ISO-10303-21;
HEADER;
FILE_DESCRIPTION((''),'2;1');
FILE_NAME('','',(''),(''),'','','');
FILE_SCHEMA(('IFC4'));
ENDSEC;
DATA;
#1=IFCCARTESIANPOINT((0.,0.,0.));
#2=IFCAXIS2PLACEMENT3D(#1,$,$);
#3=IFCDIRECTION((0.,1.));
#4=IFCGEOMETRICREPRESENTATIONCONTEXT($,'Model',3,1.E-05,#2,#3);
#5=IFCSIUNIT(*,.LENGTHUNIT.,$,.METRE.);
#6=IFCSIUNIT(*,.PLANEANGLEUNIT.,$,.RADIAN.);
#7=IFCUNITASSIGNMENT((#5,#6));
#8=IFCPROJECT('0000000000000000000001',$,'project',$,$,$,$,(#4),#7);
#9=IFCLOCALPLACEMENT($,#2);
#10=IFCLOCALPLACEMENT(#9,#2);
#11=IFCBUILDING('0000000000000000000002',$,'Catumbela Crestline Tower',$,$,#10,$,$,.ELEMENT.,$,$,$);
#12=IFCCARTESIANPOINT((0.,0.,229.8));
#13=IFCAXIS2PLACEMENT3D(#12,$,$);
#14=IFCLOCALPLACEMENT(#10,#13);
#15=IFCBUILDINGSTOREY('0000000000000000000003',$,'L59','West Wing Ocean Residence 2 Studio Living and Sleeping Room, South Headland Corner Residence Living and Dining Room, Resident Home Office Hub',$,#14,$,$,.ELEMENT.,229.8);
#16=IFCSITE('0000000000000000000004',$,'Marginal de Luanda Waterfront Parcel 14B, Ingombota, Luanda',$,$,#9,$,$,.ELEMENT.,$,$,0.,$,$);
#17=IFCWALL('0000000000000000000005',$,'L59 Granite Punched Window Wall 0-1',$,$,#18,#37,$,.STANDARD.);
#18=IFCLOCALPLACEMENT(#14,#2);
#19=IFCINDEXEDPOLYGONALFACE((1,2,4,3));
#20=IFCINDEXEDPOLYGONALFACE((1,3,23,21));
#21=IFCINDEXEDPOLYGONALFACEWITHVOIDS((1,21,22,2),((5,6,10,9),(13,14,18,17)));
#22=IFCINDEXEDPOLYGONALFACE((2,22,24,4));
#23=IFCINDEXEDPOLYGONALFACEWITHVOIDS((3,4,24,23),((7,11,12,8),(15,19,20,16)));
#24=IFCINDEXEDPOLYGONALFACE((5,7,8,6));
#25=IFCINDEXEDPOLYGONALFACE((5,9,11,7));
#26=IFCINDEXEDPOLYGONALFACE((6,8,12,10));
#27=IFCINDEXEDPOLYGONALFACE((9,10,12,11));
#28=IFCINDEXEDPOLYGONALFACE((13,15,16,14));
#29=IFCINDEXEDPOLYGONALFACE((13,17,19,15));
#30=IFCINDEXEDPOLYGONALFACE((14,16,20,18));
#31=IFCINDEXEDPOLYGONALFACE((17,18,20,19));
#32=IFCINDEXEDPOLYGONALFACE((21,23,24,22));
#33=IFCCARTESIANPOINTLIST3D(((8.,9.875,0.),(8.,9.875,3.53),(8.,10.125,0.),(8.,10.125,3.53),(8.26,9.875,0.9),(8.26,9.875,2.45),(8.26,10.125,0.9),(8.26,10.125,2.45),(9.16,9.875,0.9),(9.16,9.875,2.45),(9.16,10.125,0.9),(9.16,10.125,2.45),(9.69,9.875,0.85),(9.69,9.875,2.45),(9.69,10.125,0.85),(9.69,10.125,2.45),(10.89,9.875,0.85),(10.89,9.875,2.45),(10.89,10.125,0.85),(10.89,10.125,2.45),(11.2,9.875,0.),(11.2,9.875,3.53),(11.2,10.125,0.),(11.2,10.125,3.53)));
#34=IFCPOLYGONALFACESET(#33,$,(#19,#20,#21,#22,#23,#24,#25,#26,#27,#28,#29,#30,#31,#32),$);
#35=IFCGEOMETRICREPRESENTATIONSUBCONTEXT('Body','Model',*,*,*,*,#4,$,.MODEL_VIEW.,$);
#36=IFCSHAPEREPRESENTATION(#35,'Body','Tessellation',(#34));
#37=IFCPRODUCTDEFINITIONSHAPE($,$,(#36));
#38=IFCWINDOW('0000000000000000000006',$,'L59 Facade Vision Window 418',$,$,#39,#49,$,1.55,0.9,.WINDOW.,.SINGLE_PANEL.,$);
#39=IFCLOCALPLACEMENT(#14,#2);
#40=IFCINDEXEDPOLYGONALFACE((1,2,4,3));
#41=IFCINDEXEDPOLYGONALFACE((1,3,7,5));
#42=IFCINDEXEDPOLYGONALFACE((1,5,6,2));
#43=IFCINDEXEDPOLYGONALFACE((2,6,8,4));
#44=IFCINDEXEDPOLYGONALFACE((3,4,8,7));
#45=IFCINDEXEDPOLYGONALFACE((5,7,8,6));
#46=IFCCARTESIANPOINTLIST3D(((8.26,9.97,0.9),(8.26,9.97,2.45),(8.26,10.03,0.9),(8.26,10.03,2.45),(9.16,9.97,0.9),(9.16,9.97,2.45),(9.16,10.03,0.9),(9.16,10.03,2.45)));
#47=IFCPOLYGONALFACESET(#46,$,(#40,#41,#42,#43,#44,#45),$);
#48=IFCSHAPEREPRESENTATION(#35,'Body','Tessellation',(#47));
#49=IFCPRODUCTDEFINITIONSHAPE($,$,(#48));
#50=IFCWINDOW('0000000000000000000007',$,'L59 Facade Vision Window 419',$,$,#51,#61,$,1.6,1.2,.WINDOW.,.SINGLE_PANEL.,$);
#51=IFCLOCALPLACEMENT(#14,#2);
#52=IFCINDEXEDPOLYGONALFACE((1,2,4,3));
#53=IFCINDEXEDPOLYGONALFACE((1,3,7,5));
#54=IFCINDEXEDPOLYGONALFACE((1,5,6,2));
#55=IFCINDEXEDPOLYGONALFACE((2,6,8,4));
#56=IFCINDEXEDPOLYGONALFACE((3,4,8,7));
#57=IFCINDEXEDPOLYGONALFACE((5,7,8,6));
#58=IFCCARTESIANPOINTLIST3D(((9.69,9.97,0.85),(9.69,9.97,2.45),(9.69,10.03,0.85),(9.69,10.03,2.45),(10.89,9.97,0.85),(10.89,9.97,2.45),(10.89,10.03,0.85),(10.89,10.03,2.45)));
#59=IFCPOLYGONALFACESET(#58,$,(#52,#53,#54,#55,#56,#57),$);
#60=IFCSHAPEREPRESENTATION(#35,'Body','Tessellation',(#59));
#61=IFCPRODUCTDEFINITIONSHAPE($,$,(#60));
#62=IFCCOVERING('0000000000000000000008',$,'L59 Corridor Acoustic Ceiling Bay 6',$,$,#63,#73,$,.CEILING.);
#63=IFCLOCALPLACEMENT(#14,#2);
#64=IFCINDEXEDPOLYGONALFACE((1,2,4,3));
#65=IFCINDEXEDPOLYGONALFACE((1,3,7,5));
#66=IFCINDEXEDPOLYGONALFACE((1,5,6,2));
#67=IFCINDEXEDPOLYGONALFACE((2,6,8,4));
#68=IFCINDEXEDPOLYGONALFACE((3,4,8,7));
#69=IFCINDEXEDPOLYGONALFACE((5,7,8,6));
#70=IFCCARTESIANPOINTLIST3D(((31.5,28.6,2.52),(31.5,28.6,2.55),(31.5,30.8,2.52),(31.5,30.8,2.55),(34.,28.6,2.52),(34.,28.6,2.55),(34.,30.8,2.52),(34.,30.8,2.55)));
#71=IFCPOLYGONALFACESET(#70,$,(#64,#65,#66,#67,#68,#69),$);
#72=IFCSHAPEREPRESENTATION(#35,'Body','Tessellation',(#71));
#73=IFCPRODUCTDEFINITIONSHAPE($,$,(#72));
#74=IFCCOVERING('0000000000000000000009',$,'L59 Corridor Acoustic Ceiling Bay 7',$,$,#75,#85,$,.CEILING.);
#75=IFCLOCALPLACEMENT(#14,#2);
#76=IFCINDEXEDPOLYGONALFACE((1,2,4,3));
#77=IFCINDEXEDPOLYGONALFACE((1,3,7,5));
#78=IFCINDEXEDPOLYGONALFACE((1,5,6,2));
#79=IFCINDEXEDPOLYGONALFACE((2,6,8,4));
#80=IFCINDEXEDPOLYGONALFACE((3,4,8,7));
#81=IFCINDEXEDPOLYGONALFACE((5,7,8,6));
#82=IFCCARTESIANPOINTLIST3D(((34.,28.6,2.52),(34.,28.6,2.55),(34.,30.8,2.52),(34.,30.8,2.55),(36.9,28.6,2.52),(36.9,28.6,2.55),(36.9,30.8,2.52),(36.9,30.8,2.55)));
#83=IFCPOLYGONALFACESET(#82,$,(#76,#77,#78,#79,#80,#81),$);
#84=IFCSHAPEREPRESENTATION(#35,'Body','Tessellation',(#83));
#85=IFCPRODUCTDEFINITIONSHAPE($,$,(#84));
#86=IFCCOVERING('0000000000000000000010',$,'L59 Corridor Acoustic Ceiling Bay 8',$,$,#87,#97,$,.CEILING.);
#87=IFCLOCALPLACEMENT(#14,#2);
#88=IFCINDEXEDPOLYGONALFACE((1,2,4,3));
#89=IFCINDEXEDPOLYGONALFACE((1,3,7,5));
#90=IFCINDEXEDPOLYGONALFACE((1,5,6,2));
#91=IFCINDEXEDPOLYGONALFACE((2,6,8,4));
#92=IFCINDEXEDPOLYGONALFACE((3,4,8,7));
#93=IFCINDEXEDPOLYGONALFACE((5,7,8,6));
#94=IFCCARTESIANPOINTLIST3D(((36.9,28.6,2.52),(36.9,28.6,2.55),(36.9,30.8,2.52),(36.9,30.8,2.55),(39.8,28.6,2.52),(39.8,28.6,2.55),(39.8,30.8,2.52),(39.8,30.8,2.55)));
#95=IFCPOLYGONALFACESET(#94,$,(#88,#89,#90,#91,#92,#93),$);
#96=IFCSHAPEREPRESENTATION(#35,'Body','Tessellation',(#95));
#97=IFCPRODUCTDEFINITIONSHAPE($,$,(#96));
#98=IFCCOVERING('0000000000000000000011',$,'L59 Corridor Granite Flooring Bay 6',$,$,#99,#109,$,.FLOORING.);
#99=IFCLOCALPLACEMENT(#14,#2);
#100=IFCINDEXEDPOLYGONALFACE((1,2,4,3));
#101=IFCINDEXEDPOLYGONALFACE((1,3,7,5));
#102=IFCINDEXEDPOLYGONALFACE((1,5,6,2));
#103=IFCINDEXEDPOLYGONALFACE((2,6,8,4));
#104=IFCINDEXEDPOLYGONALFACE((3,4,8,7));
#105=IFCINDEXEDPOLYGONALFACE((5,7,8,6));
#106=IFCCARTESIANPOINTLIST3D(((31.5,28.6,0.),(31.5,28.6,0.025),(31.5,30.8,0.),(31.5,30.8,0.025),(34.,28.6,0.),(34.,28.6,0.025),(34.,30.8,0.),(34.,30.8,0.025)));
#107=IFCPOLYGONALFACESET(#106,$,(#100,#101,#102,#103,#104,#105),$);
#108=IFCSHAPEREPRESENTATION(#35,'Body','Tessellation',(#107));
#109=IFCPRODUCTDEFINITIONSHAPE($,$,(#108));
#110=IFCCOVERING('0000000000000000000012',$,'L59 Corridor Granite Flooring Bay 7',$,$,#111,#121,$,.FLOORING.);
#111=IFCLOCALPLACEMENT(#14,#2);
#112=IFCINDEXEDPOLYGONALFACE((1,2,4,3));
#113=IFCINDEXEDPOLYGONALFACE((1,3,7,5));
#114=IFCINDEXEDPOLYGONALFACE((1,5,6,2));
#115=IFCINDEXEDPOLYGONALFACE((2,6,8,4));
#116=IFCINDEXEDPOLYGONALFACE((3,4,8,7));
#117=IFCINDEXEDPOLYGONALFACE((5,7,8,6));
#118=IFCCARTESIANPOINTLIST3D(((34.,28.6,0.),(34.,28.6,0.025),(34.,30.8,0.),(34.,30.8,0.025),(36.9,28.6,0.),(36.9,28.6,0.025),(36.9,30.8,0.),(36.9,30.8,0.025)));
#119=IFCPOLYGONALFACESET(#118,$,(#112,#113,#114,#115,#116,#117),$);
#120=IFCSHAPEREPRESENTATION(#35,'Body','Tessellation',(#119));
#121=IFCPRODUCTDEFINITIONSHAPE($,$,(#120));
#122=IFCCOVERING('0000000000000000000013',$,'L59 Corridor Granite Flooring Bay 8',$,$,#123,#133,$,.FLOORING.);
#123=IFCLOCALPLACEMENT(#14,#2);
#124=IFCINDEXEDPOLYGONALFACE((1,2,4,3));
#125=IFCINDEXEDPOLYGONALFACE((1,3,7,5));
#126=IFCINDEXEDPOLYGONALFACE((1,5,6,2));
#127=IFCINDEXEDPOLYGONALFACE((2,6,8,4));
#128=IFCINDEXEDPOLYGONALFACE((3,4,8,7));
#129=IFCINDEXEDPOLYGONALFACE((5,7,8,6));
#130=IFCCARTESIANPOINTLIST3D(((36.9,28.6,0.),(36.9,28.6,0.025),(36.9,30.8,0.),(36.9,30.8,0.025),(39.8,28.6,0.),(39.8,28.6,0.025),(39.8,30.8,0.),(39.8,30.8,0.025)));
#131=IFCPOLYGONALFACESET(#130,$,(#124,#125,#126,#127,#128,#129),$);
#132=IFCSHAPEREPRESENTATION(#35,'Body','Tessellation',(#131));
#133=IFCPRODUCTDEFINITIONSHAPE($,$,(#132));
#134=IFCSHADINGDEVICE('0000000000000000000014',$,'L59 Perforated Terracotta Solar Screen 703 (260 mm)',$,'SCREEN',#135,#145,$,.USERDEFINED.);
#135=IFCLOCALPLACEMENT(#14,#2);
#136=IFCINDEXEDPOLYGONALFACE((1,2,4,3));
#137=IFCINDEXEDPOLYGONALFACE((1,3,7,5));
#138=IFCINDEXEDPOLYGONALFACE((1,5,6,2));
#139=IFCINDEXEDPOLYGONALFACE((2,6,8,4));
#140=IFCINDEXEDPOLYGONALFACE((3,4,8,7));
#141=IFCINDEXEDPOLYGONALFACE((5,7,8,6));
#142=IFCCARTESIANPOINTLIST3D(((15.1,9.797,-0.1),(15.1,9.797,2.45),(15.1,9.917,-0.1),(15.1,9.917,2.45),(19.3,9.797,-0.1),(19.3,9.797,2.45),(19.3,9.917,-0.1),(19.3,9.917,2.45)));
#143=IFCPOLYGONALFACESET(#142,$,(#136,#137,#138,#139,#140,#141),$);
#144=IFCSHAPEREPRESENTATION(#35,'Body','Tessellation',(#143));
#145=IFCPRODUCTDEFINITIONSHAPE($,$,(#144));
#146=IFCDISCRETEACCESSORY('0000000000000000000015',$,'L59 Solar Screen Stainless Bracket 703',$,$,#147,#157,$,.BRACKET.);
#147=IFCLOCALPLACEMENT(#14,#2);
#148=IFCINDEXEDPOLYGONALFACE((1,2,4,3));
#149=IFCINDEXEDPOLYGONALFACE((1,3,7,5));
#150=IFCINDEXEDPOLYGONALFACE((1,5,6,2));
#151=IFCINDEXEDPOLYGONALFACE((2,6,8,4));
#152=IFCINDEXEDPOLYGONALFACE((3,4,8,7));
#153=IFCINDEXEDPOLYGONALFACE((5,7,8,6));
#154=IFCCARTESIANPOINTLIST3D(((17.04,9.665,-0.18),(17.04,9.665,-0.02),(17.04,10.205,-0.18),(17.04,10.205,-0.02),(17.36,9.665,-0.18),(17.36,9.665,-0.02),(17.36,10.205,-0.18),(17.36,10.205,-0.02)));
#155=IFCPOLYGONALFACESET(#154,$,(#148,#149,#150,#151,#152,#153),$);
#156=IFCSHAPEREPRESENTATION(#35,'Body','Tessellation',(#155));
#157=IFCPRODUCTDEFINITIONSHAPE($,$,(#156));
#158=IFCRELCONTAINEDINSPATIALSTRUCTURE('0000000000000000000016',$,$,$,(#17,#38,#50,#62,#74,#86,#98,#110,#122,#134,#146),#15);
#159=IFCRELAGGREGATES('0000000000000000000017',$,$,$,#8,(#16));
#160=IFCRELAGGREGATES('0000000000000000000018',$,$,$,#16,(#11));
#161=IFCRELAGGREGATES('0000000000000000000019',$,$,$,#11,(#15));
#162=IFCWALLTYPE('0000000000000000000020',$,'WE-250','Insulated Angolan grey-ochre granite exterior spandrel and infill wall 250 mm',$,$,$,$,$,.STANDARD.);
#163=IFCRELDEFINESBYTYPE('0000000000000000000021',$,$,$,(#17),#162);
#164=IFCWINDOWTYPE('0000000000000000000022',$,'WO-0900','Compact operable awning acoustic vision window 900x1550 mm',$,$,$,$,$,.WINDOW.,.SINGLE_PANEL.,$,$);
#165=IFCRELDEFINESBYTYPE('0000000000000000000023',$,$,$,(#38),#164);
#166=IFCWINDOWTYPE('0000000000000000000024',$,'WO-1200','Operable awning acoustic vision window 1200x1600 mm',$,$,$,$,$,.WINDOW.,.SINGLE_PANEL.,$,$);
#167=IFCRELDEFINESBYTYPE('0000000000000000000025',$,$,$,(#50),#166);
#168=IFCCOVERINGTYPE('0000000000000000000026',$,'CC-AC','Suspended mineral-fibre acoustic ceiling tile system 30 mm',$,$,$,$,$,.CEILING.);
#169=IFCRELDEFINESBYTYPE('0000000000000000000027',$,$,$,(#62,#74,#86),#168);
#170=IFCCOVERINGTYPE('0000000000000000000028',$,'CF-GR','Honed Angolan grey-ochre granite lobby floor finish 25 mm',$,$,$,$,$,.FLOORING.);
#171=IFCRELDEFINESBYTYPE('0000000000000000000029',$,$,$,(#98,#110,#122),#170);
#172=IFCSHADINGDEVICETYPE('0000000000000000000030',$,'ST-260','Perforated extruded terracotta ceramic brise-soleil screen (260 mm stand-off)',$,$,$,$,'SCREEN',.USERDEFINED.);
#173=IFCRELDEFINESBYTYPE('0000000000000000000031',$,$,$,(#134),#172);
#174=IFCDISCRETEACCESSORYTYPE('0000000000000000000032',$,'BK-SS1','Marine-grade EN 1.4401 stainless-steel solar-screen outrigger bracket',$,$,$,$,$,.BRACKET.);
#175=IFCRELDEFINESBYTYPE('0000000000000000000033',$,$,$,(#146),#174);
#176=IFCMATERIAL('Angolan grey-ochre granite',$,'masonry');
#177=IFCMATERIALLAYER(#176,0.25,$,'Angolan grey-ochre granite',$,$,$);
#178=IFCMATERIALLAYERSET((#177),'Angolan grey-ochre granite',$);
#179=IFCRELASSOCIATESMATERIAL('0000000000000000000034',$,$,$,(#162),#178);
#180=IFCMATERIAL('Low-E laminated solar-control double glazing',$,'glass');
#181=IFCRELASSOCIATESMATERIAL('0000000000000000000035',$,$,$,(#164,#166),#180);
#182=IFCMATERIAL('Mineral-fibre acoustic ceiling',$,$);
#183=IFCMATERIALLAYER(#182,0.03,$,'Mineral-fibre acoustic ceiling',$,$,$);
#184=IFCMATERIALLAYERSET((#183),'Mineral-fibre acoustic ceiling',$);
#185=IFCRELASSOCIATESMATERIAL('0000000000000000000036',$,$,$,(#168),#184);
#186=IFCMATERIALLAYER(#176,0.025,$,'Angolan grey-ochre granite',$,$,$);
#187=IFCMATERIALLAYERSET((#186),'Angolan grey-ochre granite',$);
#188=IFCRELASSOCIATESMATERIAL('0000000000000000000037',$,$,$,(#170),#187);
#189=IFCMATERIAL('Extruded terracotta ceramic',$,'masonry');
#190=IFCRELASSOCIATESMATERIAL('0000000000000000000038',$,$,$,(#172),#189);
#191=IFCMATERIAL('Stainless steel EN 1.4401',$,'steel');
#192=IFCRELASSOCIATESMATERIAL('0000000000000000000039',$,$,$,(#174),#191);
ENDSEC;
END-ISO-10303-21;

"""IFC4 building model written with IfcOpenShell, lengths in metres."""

from ifc_helpers import new_model, si_unit, direction, frame, frame_2d, origin, origin_2d, place, context, subcontext, project, spatial, polyline, rectangle, outline, extrude, material, layer, layer_set, type_object, element, fill, save


model = new_model("IFC4")

# Units and contexts
model_context = context("Model", 3, precision=1e-05, world=origin(), true_north=direction((0.0, 1.0)))
body_context = subcontext(model_context, "Body", "Model", "MODEL_VIEW")
ifc_project = project(units=[si_unit("LENGTHUNIT", "METRE"), si_unit("PLANEANGLEUNIT", "RADIAN")], contexts=[model_context])

# Site, building, storey
site_placement = place(None, origin())
site = spatial("IfcSite", under=ifc_project, at=site_placement, Name="Marginal de Luanda Waterfront Parcel 14B, Ingombota, Luanda", CompositionType="ELEMENT", RefElevation=0.0)
building_placement = place(site_placement, origin())
building = spatial("IfcBuilding", under=site, at=building_placement, Name="Catumbela Crestline Tower", CompositionType="ELEMENT")
storey_placement = place(building_placement, frame((0.0, 0.0, 229.8)))
storey = spatial("IfcBuildingStorey", under=building, at=storey_placement, Name="L59", Description="West Wing Ocean Residence 2 Studio Living and Sleeping Room, South Headland Corner Residence Living and Dining Room, Resident Home Office Hub", CompositionType="ELEMENT", Elevation=229.8)

# Shared definitions
ifc_material_1 = material(Name="Low-E laminated solar-control double glazing", Category="glass")

# Shared definitions
ifc_material_2 = material(Name="Angolan grey-ochre granite", Category="masonry")
ifc_layer_1 = layer(ifc_material_2, 0.25, Name="Angolan grey-ochre granite")
ifc_layer_set_1 = layer_set([ifc_layer_1], Name="Angolan grey-ochre granite")
wall_type = type_object("IfcWallType", Name="WE-250", Description="Insulated Angolan grey-ochre granite exterior spandrel and infill wall 250 mm", PredefinedType="STANDARD", material=ifc_layer_set_1)

# Wall, openings, windows
wall_1_placement = place(storey_placement, frame((8.0, 10.0, 0.0), z_axis=(0.0, 0.0, 1.0), x_axis=(1.0, 0.0, 0.0)))
wall_1 = element("IfcWall", 1, at=wall_1_placement, inside=storey, type_object=wall_type, Name="L59 Granite Punched Window Wall 0-1", PredefinedType="STANDARD", context=body_context, shape_type="SweptSolid", body=[
    extrude(rectangle(XDim=3.2, YDim=0.25, at=frame_2d((1.6, 0.0))), origin(), (0.0, 0.0, 1.0), 3.53),
])
opening_1_placement = place(wall_1_placement, frame((0.26, 0.0, 0.9)))
opening_1 = element("IfcOpeningElement", 2, at=opening_1_placement, cuts=wall_1, PredefinedType="OPENING", context=body_context, shape_type="SweptSolid", body=[
    extrude(rectangle(XDim=0.9, YDim=1.55, at=frame_2d((0.45, 0.775))), frame((0.0, 0.135, 0.0), z_axis=(0.0, -1.0, 0.0), x_axis=(1.0, 0.0, 0.0)), (0.0, 0.0, 1.0), 0.27),
])
opening_2_placement = place(wall_1_placement, frame((1.69, 0.0, 0.85)))
opening_2 = element("IfcOpeningElement", 3, at=opening_2_placement, cuts=wall_1, PredefinedType="OPENING", context=body_context, shape_type="SweptSolid", body=[
    extrude(rectangle(XDim=1.2, YDim=1.6, at=frame_2d((0.6, 0.8))), frame((0.0, 0.135, 0.0), z_axis=(0.0, -1.0, 0.0), x_axis=(1.0, 0.0, 0.0)), (0.0, 0.0, 1.0), 0.27),
])
window_type_1 = type_object("IfcWindowType", Name="WO-0900", Description="Compact operable awning acoustic vision window 900x1550 mm", PartitioningType="SINGLE_PANEL", PredefinedType="WINDOW", material=ifc_material_1)
window_1_placement = place(opening_1_placement, origin())
window_1 = element("IfcWindow", 4, at=window_1_placement, inside=storey, type_object=window_type_1, Name="L59 Facade Vision Window 418", OverallHeight=1.55, OverallWidth=0.9, PartitioningType="SINGLE_PANEL", PredefinedType="WINDOW", context=body_context, shape_type="SweptSolid", body=[
    extrude(rectangle(XDim=0.9, YDim=1.55, at=frame_2d((0.45, 0.775))), frame((0.0, 0.03, 0.0), z_axis=(0.0, -1.0, 0.0), x_axis=(1.0, 0.0, 0.0)), (0.0, 0.0, 1.0), 0.06),
])
fill(opening_1, window_1)
window_type_2 = type_object("IfcWindowType", Name="WO-1200", Description="Operable awning acoustic vision window 1200x1600 mm", PartitioningType="SINGLE_PANEL", PredefinedType="WINDOW", material=ifc_material_1)
window_2_placement = place(opening_2_placement, origin())
window_2 = element("IfcWindow", 5, at=window_2_placement, inside=storey, type_object=window_type_2, Name="L59 Facade Vision Window 419", OverallHeight=1.6, OverallWidth=1.2, PartitioningType="SINGLE_PANEL", PredefinedType="WINDOW", context=body_context, shape_type="SweptSolid", body=[
    extrude(rectangle(XDim=1.2, YDim=1.6, at=frame_2d((0.6, 0.8))), frame((0.0, 0.03, 0.0), z_axis=(0.0, -1.0, 0.0), x_axis=(1.0, 0.0, 0.0)), (0.0, 0.0, 1.0), 0.06),
])
fill(opening_2, window_2)

# Coverings
ifc_material_3 = material(Name="Mineral-fibre acoustic ceiling")
ifc_layer_2 = layer(ifc_material_3, 0.03, Name="Mineral-fibre acoustic ceiling")
ifc_layer_set_2 = layer_set([ifc_layer_2], Name="Mineral-fibre acoustic ceiling")
covering_type_1 = type_object("IfcCoveringType", Name="CC-AC", Description="Suspended mineral-fibre acoustic ceiling tile system 30 mm", PredefinedType="CEILING", material=ifc_layer_set_2)
covering_1_placement = place(storey_placement, frame((0.0, 0.0, 2.52)))
element("IfcCovering", 6, at=covering_1_placement, inside=storey, type_object=covering_type_1, Name="L59 Corridor Acoustic Ceiling Bay 6", PredefinedType="CEILING", context=body_context, shape_type="SweptSolid", body=[
    extrude(outline(polyline([(31.5, 28.6), (34.0, 28.6), (34.0, 30.8), (31.5, 30.8), (31.5, 28.6)])), origin(), (0.0, 0.0, 1.0), 0.03),
])
covering_2_placement = place(storey_placement, frame((0.0, 0.0, 2.52)))
element("IfcCovering", 7, at=covering_2_placement, inside=storey, type_object=covering_type_1, Name="L59 Corridor Acoustic Ceiling Bay 7", PredefinedType="CEILING", context=body_context, shape_type="SweptSolid", body=[
    extrude(outline(polyline([(34.0, 28.6), (36.9, 28.6), (36.9, 30.8), (34.0, 30.8), (34.0, 28.6)])), origin(), (0.0, 0.0, 1.0), 0.03),
])
covering_3_placement = place(storey_placement, frame((0.0, 0.0, 2.52)))
element("IfcCovering", 8, at=covering_3_placement, inside=storey, type_object=covering_type_1, Name="L59 Corridor Acoustic Ceiling Bay 8", PredefinedType="CEILING", context=body_context, shape_type="SweptSolid", body=[
    extrude(outline(polyline([(36.9, 28.6), (39.8, 28.6), (39.8, 30.8), (36.9, 30.8), (36.9, 28.6)])), origin(), (0.0, 0.0, 1.0), 0.03),
])
ifc_layer_3 = layer(ifc_material_2, 0.025, Name="Angolan grey-ochre granite")
ifc_layer_set_3 = layer_set([ifc_layer_3], Name="Angolan grey-ochre granite")
covering_type_2 = type_object("IfcCoveringType", Name="CF-GR", Description="Honed Angolan grey-ochre granite lobby floor finish 25 mm", PredefinedType="FLOORING", material=ifc_layer_set_3)
covering_4_placement = place(storey_placement, origin())
element("IfcCovering", 9, at=covering_4_placement, inside=storey, type_object=covering_type_2, Name="L59 Corridor Granite Flooring Bay 6", PredefinedType="FLOORING", context=body_context, shape_type="SweptSolid", body=[
    extrude(outline(polyline([(31.5, 28.6), (34.0, 28.6), (34.0, 30.8), (31.5, 30.8), (31.5, 28.6)])), origin(), (0.0, 0.0, 1.0), 0.025),
])
covering_5_placement = place(storey_placement, origin())
element("IfcCovering", 10, at=covering_5_placement, inside=storey, type_object=covering_type_2, Name="L59 Corridor Granite Flooring Bay 7", PredefinedType="FLOORING", context=body_context, shape_type="SweptSolid", body=[
    extrude(outline(polyline([(34.0, 28.6), (36.9, 28.6), (36.9, 30.8), (34.0, 30.8), (34.0, 28.6)])), origin(), (0.0, 0.0, 1.0), 0.025),
])
covering_6_placement = place(storey_placement, origin())
element("IfcCovering", 11, at=covering_6_placement, inside=storey, type_object=covering_type_2, Name="L59 Corridor Granite Flooring Bay 8", PredefinedType="FLOORING", context=body_context, shape_type="SweptSolid", body=[
    extrude(outline(polyline([(36.9, 28.6), (39.8, 28.6), (39.8, 30.8), (36.9, 30.8), (36.9, 28.6)])), origin(), (0.0, 0.0, 1.0), 0.025),
])

# Shared definitions
ifc_material_4 = material(Name="Stainless steel EN 1.4401", Category="steel")

# Shading device
ifc_material_5 = material(Name="Extruded terracotta ceramic", Category="masonry")
shading_device_type = type_object("IfcShadingDeviceType", Name="ST-260", Description="Perforated extruded terracotta ceramic brise-soleil screen (260 mm stand-off)", ElementType="SCREEN", PredefinedType="USERDEFINED", material=ifc_material_5)
shading_device_placement = place(storey_placement, frame((17.2, 9.857, -0.1), z_axis=(0.0, 0.0, 1.0), x_axis=(1.0, 0.0, 0.0)))
element("IfcShadingDevice", 12, at=shading_device_placement, inside=storey, type_object=shading_device_type, Name="L59 Perforated Terracotta Solar Screen 703 (260 mm)", ObjectType="SCREEN", PredefinedType="USERDEFINED", context=body_context, shape_type="SweptSolid", body=[
    extrude(rectangle(XDim=4.2, YDim=0.12, at=origin_2d()), origin(), (0.0, 0.0, 1.0), 2.55),
])

# Discrete accessory
discrete_accessory_type = type_object("IfcDiscreteAccessoryType", Name="BK-SS1", Description="Marine-grade EN 1.4401 stainless-steel solar-screen outrigger bracket", PredefinedType="BRACKET", material=ifc_material_4)
discrete_accessory_placement = place(storey_placement, frame((17.2, 9.935, -0.18), z_axis=(0.0, 0.0, 1.0), x_axis=(1.0, 0.0, 0.0)))
element("IfcDiscreteAccessory", 13, at=discrete_accessory_placement, inside=storey, type_object=discrete_accessory_type, Name="L59 Solar Screen Stainless Bracket 703", PredefinedType="BRACKET", context=body_context, shape_type="SweptSolid", body=[
    extrude(rectangle(XDim=0.32, YDim=0.54, at=origin_2d()), origin(), (0.0, 0.0, 1.0), 0.16),
])

save(model, "model.ifc")
